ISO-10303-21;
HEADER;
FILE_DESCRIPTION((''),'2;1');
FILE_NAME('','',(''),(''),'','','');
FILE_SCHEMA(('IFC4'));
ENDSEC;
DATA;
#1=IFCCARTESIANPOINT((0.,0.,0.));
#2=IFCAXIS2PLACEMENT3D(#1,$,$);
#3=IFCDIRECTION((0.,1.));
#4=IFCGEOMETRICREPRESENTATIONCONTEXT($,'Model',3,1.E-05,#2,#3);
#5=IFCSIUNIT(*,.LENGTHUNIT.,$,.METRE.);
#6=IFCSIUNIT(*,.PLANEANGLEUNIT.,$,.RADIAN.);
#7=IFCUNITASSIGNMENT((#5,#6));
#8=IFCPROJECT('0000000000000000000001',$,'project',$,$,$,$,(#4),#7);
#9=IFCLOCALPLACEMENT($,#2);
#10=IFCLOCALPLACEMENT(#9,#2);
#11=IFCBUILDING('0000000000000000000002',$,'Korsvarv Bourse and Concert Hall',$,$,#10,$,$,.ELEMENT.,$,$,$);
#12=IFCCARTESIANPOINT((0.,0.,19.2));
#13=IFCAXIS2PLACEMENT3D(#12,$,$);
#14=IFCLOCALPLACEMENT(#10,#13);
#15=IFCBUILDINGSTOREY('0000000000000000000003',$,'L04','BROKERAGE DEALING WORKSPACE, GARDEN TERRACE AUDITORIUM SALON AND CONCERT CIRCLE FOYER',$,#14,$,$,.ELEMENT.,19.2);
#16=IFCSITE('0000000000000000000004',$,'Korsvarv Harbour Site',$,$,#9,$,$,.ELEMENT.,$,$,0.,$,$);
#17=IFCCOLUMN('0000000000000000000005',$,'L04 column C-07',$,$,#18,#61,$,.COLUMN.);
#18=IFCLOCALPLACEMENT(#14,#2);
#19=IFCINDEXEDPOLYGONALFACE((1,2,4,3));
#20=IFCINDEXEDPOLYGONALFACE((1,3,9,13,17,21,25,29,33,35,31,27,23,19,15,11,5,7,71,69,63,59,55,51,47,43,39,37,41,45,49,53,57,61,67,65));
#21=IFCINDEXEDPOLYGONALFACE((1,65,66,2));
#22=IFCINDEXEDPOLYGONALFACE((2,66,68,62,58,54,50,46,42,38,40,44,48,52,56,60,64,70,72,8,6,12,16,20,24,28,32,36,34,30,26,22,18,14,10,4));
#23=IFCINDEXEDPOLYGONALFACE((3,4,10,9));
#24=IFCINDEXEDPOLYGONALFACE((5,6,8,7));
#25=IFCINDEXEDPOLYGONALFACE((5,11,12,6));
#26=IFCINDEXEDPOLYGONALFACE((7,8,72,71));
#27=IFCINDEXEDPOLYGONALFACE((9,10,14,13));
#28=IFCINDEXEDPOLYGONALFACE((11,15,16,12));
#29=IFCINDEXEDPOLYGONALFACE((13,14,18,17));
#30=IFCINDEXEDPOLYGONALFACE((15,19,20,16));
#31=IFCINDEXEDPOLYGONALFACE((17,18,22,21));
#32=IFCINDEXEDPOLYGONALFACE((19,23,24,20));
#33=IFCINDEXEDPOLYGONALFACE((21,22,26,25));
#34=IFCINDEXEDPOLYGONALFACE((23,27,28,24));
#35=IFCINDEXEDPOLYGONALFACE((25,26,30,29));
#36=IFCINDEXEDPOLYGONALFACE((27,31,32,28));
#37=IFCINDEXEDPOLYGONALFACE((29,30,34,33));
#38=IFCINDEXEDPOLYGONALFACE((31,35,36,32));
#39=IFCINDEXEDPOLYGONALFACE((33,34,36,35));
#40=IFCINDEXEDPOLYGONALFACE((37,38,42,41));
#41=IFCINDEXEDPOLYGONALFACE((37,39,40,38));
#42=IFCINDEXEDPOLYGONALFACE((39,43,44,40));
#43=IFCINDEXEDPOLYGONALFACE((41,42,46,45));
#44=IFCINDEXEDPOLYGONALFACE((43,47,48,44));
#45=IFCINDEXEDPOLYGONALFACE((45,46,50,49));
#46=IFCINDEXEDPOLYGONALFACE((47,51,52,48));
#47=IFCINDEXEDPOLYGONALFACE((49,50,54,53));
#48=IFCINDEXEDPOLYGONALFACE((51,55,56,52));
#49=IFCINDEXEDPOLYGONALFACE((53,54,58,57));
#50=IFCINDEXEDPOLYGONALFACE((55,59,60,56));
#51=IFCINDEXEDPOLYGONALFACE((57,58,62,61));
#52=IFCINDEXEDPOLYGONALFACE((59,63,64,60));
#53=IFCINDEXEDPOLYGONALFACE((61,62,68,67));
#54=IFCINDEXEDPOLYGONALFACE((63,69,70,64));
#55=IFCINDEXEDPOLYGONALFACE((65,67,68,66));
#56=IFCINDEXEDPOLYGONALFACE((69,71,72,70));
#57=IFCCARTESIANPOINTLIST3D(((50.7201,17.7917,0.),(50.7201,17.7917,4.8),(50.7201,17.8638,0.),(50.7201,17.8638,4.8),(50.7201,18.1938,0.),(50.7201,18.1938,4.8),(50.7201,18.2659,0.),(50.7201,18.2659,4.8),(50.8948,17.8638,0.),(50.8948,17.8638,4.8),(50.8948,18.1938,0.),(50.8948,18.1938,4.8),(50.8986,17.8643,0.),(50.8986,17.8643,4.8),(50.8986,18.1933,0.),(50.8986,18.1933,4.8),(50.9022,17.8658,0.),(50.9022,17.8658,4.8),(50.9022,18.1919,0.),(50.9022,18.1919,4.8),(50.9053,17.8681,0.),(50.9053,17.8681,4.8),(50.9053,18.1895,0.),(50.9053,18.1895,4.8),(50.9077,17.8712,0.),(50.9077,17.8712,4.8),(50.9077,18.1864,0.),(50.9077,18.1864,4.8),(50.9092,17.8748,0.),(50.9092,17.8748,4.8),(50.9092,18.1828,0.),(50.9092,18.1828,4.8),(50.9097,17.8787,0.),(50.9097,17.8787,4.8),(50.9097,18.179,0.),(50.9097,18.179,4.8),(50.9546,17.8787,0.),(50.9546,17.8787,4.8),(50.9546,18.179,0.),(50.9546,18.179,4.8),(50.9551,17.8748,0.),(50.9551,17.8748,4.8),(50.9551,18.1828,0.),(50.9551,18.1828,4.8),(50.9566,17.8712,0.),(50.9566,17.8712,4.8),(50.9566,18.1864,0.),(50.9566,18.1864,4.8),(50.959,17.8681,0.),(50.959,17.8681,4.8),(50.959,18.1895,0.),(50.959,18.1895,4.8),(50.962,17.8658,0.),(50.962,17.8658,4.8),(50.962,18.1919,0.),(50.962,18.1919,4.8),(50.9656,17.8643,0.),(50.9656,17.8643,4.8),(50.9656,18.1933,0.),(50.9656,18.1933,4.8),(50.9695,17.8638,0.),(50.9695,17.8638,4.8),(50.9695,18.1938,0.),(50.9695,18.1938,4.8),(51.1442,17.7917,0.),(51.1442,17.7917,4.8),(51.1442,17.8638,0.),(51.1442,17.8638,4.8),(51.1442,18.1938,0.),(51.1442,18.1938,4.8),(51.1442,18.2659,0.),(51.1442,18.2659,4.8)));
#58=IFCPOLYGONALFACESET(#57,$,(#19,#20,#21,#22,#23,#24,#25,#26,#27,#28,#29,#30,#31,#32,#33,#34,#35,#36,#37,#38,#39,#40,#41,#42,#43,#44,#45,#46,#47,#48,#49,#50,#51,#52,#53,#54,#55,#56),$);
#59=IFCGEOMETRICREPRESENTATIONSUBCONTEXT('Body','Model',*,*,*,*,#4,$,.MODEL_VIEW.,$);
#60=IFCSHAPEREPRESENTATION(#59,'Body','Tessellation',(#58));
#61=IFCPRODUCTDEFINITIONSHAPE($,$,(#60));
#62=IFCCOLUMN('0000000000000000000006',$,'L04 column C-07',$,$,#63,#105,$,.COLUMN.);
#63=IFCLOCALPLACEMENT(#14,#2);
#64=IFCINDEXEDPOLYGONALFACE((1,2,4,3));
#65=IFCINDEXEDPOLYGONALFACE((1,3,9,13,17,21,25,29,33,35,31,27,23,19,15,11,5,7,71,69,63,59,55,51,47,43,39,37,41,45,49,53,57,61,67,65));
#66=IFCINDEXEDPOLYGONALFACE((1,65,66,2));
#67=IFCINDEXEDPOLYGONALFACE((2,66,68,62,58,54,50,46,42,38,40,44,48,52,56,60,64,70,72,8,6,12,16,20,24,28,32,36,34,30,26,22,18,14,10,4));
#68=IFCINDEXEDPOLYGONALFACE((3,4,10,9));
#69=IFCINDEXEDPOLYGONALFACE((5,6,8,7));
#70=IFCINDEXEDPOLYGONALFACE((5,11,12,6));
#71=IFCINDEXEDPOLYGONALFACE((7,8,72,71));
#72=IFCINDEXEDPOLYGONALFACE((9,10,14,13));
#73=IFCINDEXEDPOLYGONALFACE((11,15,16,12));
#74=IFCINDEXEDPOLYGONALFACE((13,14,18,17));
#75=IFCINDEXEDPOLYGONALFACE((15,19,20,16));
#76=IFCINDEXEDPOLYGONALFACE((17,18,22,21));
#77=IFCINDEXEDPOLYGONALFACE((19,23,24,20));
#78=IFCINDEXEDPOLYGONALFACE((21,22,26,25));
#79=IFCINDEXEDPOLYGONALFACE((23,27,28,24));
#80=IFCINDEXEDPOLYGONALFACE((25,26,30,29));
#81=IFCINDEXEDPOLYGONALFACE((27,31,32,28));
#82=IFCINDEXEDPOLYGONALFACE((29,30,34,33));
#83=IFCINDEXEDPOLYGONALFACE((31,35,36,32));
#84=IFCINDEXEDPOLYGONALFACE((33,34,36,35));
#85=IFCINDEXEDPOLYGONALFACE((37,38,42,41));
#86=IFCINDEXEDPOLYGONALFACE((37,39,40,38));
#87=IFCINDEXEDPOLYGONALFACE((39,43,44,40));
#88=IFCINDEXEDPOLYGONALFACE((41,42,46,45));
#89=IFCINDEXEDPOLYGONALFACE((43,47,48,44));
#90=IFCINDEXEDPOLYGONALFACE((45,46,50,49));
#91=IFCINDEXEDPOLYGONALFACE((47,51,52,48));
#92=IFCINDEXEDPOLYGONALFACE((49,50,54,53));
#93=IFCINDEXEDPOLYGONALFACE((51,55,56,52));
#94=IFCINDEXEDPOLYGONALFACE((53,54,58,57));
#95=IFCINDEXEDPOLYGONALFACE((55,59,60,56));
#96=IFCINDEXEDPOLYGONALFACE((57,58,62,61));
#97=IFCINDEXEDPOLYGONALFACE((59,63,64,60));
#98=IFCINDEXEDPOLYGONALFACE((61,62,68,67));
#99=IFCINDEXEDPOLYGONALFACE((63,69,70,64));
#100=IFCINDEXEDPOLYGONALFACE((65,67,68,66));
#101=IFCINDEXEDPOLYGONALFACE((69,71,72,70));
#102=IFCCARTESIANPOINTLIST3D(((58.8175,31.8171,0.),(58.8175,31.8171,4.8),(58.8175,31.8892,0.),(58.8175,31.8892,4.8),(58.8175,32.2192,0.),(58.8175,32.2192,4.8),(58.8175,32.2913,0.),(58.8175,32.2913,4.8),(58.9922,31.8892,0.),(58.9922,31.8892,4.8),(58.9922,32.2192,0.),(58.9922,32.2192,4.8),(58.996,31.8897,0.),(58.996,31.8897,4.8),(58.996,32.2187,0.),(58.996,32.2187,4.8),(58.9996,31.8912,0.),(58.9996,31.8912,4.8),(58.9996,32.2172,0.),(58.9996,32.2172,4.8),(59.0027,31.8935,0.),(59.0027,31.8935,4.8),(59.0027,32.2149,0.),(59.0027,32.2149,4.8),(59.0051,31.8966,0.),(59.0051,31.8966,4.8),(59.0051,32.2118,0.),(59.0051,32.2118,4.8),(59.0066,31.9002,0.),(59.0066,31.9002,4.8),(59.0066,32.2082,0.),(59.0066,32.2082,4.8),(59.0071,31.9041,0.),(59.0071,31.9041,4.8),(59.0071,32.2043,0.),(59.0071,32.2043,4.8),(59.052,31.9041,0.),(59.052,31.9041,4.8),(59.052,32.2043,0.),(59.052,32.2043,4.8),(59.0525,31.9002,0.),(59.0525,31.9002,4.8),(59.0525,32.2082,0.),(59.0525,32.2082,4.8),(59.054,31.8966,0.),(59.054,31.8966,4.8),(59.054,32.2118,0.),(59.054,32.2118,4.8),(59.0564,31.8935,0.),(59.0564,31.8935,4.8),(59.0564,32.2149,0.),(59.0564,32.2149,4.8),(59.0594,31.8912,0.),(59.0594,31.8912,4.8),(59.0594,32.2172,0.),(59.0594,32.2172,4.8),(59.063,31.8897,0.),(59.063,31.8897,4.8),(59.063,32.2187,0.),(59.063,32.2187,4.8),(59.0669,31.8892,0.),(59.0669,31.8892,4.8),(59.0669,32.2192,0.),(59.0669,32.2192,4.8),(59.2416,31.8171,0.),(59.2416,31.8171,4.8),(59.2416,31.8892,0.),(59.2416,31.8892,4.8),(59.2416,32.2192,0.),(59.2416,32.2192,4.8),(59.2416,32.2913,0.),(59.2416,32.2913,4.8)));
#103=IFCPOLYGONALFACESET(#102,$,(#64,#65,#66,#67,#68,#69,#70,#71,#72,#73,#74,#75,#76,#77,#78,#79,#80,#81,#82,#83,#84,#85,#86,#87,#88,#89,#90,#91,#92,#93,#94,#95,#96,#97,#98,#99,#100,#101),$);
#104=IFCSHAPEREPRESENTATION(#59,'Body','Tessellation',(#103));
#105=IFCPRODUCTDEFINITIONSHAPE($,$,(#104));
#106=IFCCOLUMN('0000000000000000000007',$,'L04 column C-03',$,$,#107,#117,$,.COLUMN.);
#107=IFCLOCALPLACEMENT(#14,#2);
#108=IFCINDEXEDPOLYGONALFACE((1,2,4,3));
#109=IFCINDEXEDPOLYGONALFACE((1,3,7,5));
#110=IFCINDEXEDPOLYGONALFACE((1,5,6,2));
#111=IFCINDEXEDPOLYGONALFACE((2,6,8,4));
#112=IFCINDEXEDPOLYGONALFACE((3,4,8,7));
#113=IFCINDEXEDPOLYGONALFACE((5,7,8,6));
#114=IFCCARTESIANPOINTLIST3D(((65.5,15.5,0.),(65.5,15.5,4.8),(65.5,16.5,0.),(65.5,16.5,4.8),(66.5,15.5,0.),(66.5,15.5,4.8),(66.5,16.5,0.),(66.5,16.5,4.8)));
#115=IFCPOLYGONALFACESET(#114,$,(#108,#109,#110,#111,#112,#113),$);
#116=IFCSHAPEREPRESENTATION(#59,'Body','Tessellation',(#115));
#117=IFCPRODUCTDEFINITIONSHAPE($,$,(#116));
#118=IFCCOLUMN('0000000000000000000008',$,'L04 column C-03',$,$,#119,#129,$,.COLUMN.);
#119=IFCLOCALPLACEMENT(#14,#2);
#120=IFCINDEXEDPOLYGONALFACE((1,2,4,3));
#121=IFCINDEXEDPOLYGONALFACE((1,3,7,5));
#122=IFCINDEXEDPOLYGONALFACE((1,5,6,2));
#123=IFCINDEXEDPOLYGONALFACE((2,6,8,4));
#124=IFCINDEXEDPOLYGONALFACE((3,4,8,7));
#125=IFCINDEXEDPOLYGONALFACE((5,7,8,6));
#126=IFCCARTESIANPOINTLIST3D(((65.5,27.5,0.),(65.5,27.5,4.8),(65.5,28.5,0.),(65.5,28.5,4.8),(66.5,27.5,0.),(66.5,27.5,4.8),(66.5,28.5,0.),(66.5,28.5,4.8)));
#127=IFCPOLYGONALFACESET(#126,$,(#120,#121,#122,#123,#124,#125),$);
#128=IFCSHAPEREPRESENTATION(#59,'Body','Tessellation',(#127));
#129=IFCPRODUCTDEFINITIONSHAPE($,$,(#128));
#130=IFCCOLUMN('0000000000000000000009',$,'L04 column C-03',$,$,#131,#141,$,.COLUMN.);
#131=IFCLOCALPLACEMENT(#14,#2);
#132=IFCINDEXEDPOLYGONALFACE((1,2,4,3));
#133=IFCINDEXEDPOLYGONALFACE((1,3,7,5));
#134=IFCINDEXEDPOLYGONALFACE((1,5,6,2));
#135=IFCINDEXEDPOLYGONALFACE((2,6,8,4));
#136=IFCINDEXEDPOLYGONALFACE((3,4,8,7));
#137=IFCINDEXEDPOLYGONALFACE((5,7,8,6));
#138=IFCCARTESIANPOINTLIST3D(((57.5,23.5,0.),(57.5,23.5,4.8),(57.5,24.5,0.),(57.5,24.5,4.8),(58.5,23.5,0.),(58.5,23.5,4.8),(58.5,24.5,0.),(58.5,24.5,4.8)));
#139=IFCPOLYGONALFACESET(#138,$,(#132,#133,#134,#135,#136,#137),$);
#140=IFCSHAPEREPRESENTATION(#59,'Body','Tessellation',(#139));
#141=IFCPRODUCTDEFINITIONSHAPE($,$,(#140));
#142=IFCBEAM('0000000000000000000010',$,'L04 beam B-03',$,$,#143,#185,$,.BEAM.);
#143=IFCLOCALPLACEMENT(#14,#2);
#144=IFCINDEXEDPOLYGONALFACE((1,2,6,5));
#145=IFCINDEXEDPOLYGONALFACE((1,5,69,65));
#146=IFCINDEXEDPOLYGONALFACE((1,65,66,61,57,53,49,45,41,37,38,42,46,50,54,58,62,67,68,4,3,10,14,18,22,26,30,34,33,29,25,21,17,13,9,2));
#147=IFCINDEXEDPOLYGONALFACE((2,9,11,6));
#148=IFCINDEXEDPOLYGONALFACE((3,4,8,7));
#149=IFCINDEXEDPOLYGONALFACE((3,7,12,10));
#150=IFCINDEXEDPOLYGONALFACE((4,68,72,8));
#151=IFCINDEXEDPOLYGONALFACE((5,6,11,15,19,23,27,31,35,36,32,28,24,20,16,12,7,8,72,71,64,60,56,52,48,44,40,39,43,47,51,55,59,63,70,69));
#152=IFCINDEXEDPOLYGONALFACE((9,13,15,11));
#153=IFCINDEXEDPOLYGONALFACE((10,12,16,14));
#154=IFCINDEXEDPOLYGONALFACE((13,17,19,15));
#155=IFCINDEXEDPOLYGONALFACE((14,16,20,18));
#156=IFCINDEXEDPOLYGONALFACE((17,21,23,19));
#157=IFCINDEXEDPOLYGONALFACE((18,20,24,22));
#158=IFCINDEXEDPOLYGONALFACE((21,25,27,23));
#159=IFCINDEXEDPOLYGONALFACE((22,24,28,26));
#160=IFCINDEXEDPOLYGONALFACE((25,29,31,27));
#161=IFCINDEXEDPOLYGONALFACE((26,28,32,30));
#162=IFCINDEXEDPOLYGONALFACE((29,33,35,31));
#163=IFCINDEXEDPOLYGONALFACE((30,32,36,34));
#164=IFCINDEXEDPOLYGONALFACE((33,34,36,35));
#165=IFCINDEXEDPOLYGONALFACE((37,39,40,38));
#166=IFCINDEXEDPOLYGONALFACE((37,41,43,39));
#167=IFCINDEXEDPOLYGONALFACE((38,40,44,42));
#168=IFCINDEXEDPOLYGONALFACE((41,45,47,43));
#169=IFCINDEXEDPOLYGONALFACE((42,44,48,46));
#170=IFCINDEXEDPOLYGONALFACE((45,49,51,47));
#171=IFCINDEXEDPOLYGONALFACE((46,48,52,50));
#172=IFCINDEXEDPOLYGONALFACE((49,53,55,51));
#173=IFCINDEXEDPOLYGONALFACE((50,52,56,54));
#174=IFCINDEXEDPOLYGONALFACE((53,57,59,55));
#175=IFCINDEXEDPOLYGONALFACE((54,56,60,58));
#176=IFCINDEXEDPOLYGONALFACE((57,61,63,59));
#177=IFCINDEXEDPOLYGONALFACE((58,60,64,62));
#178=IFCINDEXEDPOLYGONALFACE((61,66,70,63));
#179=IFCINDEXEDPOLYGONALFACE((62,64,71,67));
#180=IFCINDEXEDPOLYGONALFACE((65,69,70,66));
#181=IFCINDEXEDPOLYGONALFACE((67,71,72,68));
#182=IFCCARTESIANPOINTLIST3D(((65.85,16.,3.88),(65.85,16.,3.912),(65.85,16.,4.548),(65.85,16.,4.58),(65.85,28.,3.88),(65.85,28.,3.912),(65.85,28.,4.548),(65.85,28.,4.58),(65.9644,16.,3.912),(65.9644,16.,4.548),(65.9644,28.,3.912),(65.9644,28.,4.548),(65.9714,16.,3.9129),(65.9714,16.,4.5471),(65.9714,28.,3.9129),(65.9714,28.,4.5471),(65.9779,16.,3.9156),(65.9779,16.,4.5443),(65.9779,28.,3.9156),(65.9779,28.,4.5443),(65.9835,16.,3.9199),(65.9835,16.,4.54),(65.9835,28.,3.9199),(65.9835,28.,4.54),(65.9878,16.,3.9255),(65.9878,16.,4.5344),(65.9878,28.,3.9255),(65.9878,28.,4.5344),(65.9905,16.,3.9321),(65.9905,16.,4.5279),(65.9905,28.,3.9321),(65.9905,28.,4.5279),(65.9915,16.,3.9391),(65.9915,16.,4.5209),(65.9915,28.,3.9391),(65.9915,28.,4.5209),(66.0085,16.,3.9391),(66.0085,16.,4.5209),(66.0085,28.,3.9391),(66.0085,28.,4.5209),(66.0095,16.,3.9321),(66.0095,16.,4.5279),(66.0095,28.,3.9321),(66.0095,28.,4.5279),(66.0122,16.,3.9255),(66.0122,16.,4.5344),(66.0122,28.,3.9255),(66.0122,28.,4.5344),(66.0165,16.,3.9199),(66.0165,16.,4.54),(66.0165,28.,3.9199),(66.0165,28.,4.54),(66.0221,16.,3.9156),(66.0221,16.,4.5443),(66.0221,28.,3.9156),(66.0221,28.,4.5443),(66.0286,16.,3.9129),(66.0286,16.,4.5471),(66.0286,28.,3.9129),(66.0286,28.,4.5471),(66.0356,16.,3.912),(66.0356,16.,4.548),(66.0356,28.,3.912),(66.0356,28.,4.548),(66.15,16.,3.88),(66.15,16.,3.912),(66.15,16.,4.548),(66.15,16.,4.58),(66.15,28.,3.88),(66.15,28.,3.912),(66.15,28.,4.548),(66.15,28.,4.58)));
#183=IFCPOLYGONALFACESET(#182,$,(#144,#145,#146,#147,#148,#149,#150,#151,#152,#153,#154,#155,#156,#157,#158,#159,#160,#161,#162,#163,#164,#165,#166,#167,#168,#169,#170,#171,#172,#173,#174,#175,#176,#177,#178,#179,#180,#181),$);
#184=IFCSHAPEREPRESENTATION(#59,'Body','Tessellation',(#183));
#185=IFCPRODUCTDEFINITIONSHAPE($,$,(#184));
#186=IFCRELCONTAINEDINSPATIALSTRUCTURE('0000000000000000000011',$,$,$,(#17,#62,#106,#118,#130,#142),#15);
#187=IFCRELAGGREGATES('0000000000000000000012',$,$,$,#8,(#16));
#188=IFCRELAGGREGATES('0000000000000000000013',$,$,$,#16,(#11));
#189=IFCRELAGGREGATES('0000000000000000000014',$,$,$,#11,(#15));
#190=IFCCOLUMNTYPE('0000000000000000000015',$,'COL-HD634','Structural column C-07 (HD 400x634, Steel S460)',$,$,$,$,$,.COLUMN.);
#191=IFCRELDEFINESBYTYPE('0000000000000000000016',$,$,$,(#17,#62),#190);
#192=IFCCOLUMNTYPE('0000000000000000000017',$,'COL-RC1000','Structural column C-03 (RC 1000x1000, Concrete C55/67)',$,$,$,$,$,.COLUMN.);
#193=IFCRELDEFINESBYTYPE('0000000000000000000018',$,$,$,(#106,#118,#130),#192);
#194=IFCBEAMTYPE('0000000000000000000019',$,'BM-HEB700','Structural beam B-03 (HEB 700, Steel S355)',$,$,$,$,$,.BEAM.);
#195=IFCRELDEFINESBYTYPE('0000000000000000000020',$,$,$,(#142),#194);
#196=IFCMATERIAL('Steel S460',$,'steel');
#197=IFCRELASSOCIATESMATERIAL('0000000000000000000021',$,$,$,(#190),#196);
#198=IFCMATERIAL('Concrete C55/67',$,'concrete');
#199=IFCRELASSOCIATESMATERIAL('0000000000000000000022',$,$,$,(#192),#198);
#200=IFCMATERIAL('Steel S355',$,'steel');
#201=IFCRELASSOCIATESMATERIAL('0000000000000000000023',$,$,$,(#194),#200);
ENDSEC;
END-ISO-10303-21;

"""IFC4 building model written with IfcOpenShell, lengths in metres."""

from ifc_helpers import new_model, si_unit, direction, frame, origin, origin_2d, place, context, subcontext, project, spatial, rectangle, i_section, extrude, source, transform, mapped, material, material_profile, profile_set, type_object, element, save


model = new_model("IFC4")

# Units and contexts
model_context = context("Model", 3, precision=1e-05, world=origin(), true_north=direction((0.0, 1.0)))
body_context = subcontext(model_context, "Body", "Model", "MODEL_VIEW")
ifc_project = project(units=[si_unit("LENGTHUNIT", "METRE"), si_unit("PLANEANGLEUNIT", "RADIAN")], contexts=[model_context])

# Site, building, storey
site_placement = place(None, origin())
site = spatial("IfcSite", under=ifc_project, at=site_placement, Name="Korsvarv Harbour Site", CompositionType="ELEMENT", RefElevation=0.0)
building_placement = place(site_placement, origin())
building = spatial("IfcBuilding", under=site, at=building_placement, Name="Korsvarv Bourse and Concert Hall", CompositionType="ELEMENT")
storey_placement = place(building_placement, frame((0.0, 0.0, 19.2)))
storey = spatial("IfcBuildingStorey", under=building, at=storey_placement, Name="L04", Description="BROKERAGE DEALING WORKSPACE, GARDEN TERRACE AUDITORIUM SALON AND CONCERT CIRCLE FOYER", CompositionType="ELEMENT", Elevation=19.2)

# Columns
ifc_material_1 = material(Name="Steel S460", Category="steel")
ifc_material_profile_1 = material_profile(ifc_material_1, i_section(OverallWidth=0.4241, OverallDepth=0.4741, WebThickness=0.0449, FlangeThickness=0.072, FilletRadius=0.0149, at=origin_2d()), Name="HD 400x634")
ifc_profile_set_1 = profile_set([ifc_material_profile_1], Name="Steel S460")
column_type_1 = type_object("IfcColumnType", Name="COL-HD634", Description="Structural column C-07 (HD 400x634, Steel S460)", PredefinedType="COLUMN", material=ifc_profile_set_1)
shared_shape_1 = source(origin(), body_context, "Body", "SweptSolid", [
    extrude(i_section(OverallWidth=0.4241, OverallDepth=0.4741, WebThickness=0.0449, FlangeThickness=0.072, FilletRadius=0.0149, at=origin_2d()), origin(), (0.0, 0.0, 1.0), 4.8),
])
for number, where, z_axis, x_axis, name in (
    (1, (50.9321, 18.0288, 0.0), (0.0, 0.0, 1.0), (1.0, 0.0, 0.0), "L04 column C-07"),
    (2, (59.0295, 32.0542, 0.0), (0.0, 0.0, 1.0), (1.0, 0.0, 0.0), "L04 column C-07"),
):
    element("IfcColumn", number, at=place(storey_placement, frame(where, z_axis=z_axis, x_axis=x_axis)), inside=storey, type_object=column_type_1, Name=name, PredefinedType="COLUMN", context=body_context, shape_type="MappedRepresentation", body=[
        mapped(shared_shape_1, transform((0.0, 0.0, 0.0), scale=1.0)),
    ])
ifc_material_2 = material(Name="Concrete C55/67", Category="concrete")
ifc_material_profile_2 = material_profile(ifc_material_2, rectangle(XDim=1.0, YDim=1.0, at=origin_2d()), Name="RC 1000x1000")
ifc_profile_set_2 = profile_set([ifc_material_profile_2], Name="Concrete C55/67")
column_type_2 = type_object("IfcColumnType", Name="COL-RC1000", Description="Structural column C-03 (RC 1000x1000, Concrete C55/67)", PredefinedType="COLUMN", material=ifc_profile_set_2)
shared_shape_2 = source(origin(), body_context, "Body", "SweptSolid", [
    extrude(rectangle(XDim=1.0, YDim=1.0, at=origin_2d()), origin(), (0.0, 0.0, 1.0), 4.8),
])
for number, where, z_axis, x_axis, name in (
    (3, (66.0, 16.0, 0.0), (0.0, 0.0, 1.0), (1.0, 0.0, 0.0), "L04 column C-03"),
    (4, (66.0, 28.0, 0.0), (0.0, 0.0, 1.0), (1.0, 0.0, 0.0), "L04 column C-03"),
    (5, (58.0, 24.0, 0.0), (0.0, 0.0, 1.0), (1.0, 0.0, 0.0), "L04 column C-03"),
):
    element("IfcColumn", number, at=place(storey_placement, frame(where, z_axis=z_axis, x_axis=x_axis)), inside=storey, type_object=column_type_2, Name=name, PredefinedType="COLUMN", context=body_context, shape_type="MappedRepresentation", body=[
        mapped(shared_shape_2, transform((0.0, 0.0, 0.0), scale=1.0)),
    ])

# Beam
ifc_material_3 = material(Name="Steel S355", Category="steel")
ifc_material_profile_3 = material_profile(ifc_material_3, i_section(OverallWidth=0.3, OverallDepth=0.7, WebThickness=0.0171, FlangeThickness=0.032, FilletRadius=0.0271, at=origin_2d()), Name="HEB 700")
ifc_profile_set_3 = profile_set([ifc_material_profile_3], Name="Steel S355")
beam_type_1 = type_object("IfcBeamType", Name="BM-HEB700", Description="Structural beam B-03 (HEB 700, Steel S355)", PredefinedType="BEAM", material=ifc_profile_set_3)
shared_shape_3 = source(origin(), body_context, "Body", "SweptSolid", [
    extrude(i_section(OverallWidth=0.3, OverallDepth=0.7, WebThickness=0.0171, FlangeThickness=0.032, FilletRadius=0.0271, at=origin_2d()), origin(), (0.0, 0.0, 1.0), 12.0),
])
for number, where, z_axis, x_axis, name in (
    (6, (66.0, 16.0, 4.23), (0.0, 1.0, 0.0), (-1.0, 0.0, 0.0), "L04 beam B-03"),
):
    element("IfcBeam", number, at=place(storey_placement, frame(where, z_axis=z_axis, x_axis=x_axis)), inside=storey, type_object=beam_type_1, Name=name, PredefinedType="BEAM", context=body_context, shape_type="MappedRepresentation", body=[
        mapped(shared_shape_3, transform((0.0, 0.0, 0.0), scale=1.0)),
    ])

save(model, "model.ifc")
